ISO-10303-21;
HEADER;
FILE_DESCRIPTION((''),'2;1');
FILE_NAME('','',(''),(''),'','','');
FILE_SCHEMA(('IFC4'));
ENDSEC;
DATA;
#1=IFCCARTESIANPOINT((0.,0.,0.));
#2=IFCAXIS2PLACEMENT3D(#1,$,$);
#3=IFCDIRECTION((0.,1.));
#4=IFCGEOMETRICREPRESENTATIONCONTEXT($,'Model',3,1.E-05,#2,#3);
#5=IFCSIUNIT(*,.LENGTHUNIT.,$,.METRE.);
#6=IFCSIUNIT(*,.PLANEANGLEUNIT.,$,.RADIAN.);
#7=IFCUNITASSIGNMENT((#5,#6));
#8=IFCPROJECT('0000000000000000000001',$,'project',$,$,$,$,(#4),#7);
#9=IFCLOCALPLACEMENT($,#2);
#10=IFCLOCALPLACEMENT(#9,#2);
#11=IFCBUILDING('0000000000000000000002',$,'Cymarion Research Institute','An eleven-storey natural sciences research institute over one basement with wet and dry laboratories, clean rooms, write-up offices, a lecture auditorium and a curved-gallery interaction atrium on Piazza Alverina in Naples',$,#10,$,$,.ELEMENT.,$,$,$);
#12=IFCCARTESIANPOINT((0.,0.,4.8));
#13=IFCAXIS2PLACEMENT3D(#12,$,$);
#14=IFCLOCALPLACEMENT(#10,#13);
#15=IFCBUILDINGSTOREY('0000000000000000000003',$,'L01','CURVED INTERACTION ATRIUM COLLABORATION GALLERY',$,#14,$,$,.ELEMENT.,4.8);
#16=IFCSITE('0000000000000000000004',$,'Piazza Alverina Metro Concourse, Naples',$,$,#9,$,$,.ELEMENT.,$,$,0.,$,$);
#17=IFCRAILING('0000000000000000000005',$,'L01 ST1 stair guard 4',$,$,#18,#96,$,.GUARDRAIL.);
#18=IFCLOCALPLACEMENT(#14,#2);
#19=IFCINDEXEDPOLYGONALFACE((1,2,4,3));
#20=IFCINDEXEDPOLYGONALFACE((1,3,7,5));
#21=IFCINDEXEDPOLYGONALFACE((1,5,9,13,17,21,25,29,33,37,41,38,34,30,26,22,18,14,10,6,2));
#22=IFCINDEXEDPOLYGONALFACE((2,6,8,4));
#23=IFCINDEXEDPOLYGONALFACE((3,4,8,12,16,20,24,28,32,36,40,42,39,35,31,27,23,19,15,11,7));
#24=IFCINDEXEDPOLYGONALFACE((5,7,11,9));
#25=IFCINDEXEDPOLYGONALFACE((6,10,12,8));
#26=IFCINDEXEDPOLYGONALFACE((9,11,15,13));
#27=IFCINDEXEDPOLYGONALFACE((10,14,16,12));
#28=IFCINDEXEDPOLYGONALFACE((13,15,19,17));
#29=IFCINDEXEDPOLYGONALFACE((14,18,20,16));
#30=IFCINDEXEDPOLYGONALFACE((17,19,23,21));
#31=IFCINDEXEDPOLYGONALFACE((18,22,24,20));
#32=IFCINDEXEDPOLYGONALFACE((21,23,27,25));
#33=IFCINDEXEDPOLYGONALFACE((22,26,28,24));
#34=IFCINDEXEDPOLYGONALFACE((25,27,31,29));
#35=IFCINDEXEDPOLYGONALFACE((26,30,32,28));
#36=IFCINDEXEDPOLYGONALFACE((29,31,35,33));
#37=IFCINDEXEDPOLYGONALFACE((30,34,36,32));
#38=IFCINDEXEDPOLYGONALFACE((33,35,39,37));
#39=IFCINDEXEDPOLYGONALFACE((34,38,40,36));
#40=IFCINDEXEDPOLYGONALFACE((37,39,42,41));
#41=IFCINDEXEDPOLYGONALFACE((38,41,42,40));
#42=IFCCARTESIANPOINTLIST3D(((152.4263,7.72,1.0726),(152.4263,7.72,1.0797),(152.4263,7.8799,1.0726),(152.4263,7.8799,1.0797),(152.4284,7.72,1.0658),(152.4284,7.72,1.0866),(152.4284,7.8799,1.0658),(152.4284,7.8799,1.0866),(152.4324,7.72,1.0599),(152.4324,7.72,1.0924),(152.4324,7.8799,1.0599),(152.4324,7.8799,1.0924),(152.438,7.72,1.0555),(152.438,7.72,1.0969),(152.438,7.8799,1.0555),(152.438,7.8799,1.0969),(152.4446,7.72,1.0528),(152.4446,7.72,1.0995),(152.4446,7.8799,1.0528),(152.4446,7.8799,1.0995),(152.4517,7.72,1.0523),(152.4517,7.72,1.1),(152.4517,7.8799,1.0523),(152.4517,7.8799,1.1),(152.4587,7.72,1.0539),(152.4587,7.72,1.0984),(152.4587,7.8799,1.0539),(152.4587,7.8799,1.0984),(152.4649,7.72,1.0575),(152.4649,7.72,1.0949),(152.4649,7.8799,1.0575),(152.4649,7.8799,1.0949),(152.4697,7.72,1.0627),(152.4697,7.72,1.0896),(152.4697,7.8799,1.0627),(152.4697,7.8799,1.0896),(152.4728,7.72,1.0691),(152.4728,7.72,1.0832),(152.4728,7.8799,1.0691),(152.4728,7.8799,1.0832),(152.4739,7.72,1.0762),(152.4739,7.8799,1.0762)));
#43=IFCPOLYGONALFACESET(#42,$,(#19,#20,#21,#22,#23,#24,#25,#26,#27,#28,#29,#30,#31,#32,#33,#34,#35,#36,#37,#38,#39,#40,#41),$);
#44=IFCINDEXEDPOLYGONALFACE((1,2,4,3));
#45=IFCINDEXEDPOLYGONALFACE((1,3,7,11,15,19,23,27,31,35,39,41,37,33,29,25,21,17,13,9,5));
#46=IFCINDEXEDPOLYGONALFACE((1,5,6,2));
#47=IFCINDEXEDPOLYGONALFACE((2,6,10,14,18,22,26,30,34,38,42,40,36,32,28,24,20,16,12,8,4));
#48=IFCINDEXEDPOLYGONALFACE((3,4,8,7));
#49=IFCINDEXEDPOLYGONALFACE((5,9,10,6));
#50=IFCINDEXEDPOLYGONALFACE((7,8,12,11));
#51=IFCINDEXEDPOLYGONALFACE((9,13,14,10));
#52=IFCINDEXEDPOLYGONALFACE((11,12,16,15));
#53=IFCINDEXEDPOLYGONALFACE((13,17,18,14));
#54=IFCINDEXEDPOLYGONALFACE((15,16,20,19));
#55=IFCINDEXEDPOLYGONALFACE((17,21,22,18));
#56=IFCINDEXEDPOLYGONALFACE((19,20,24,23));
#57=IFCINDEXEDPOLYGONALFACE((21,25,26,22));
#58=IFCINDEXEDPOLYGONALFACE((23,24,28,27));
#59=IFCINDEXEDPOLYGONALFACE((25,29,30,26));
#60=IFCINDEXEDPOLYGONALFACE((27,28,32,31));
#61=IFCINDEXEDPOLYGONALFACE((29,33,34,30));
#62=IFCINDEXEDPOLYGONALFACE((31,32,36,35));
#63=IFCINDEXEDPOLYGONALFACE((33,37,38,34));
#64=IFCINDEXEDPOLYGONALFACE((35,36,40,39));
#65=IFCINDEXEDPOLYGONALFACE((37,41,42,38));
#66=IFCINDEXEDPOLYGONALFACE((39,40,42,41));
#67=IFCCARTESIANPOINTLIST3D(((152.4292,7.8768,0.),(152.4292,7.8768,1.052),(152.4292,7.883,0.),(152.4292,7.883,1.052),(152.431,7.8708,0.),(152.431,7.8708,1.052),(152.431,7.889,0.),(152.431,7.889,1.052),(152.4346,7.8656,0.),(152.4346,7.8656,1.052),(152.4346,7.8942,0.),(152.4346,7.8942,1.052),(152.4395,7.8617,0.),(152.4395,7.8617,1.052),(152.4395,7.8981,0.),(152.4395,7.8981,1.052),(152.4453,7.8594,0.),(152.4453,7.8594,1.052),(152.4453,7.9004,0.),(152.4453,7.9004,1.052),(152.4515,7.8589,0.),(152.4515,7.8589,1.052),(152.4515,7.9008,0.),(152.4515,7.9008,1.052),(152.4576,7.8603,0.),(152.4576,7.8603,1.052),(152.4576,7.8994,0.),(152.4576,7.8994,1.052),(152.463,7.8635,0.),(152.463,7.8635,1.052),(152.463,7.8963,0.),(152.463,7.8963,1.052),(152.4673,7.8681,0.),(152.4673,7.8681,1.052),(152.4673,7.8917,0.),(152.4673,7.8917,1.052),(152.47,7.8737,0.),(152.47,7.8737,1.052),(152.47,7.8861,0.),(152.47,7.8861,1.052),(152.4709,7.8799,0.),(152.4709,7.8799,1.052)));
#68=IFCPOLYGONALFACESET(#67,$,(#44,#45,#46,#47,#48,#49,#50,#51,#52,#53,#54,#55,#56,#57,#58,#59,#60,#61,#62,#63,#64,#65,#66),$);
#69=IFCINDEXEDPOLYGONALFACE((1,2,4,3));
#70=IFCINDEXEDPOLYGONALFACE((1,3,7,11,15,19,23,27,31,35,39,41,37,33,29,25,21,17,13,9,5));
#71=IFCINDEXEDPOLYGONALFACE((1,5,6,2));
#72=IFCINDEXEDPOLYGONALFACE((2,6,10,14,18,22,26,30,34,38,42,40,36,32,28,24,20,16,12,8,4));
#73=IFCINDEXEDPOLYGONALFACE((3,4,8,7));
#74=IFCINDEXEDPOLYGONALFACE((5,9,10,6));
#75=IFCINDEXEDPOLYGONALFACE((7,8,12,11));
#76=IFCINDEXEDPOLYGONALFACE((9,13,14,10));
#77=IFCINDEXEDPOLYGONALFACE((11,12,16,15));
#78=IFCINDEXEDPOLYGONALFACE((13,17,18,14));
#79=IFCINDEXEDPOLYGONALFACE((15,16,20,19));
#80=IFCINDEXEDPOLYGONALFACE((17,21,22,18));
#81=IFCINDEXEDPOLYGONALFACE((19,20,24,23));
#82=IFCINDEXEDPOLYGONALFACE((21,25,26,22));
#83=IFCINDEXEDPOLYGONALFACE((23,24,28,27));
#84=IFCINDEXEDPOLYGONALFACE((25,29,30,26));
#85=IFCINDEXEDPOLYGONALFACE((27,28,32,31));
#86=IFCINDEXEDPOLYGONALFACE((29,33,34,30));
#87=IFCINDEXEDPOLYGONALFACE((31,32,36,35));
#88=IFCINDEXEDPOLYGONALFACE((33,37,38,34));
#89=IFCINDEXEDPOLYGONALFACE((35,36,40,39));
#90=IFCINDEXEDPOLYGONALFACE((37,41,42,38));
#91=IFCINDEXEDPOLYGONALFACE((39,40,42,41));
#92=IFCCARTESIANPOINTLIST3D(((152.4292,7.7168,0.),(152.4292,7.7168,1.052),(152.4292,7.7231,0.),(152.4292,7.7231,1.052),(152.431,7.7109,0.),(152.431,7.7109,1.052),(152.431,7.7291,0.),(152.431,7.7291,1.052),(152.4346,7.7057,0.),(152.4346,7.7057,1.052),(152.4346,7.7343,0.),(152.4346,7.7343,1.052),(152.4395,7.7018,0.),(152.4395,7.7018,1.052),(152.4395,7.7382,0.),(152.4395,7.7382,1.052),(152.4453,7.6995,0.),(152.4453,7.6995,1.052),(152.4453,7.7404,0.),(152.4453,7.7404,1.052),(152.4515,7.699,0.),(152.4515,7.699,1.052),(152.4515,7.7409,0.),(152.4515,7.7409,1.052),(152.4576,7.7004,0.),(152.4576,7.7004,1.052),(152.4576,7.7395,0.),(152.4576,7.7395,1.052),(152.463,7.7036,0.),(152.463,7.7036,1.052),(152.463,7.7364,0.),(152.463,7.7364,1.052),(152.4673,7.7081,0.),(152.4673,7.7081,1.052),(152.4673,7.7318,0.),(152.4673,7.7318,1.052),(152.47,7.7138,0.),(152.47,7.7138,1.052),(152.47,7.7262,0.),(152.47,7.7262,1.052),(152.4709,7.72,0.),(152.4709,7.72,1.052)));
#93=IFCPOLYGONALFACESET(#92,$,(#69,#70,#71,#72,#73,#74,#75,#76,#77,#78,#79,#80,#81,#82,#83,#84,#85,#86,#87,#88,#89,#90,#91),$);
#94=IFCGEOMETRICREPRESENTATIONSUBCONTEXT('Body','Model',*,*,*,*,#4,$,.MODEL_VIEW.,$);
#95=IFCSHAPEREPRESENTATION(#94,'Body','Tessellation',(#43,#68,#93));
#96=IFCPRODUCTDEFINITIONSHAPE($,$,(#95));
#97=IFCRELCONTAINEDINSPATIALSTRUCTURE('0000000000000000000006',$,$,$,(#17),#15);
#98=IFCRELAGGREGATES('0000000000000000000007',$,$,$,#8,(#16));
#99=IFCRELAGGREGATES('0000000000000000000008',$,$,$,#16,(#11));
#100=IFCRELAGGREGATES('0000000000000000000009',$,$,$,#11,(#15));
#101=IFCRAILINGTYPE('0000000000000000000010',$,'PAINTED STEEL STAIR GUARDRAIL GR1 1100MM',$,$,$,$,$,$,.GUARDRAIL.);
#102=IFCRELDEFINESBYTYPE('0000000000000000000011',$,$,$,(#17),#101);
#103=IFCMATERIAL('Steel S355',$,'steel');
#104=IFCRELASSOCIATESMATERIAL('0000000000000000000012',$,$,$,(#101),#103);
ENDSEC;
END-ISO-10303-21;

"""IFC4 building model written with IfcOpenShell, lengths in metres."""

from ifc_helpers import new_model, si_unit, direction, frame, origin, origin_2d, place, context, subcontext, project, spatial, circle, extrude, material, type_object, element, save


model = new_model("IFC4")

# Units and contexts
model_context = context("Model", 3, precision=1e-05, world=origin(), true_north=direction((0.0, 1.0)))
body_context = subcontext(model_context, "Body", "Model", "MODEL_VIEW")
ifc_project = project(units=[si_unit("LENGTHUNIT", "METRE"), si_unit("PLANEANGLEUNIT", "RADIAN")], contexts=[model_context])

# Site, building, storey
site_placement = place(None, origin())
site = spatial("IfcSite", under=ifc_project, at=site_placement, Name="Piazza Alverina Metro Concourse, Naples", CompositionType="ELEMENT", RefElevation=0.0)
building_placement = place(site_placement, origin())
building = spatial("IfcBuilding", under=site, at=building_placement, Name="Cymarion Research Institute", Description="An eleven-storey natural sciences research institute over one basement with wet and dry laboratories, clean rooms, write-up offices, a lecture auditorium and a curved-gallery interaction atrium on Piazza Alverina in Naples", CompositionType="ELEMENT")
storey_placement = place(building_placement, frame((0.0, 0.0, 4.8)))
storey = spatial("IfcBuildingStorey", under=building, at=storey_placement, Name="L01", Description="CURVED INTERACTION ATRIUM COLLABORATION GALLERY", CompositionType="ELEMENT", Elevation=4.8)

# Shared definitions
ifc_material_1 = material(Name="Steel S355", Category="steel")

# Railing
railing_type = type_object("IfcRailingType", Name="PAINTED STEEL STAIR GUARDRAIL GR1 1100MM", PredefinedType="GUARDRAIL", material=ifc_material_1)
railing_1_placement = place(storey_placement, frame((152.45, 7.8799, 0.0)))
element("IfcRailing", 1, at=railing_1_placement, inside=storey, type_object=railing_type, Name="L01 ST1 stair guard 4", PredefinedType="GUARDRAIL", context=body_context, shape_type="SweptSolid", body=[
    extrude(circle(Radius=0.0239, at=origin_2d()), frame((0.0, 0.0, 1.0762), z_axis=(0.0, -1.0, 0.0), x_axis=(1.0, 0.0, 0.0)), (0.0, 0.0, 1.0), 0.1599),
    extrude(circle(Radius=0.021, at=origin_2d()), origin(), (0.0, 0.0, 1.0), 1.052),
    extrude(circle(Radius=0.021, at=origin_2d()), frame((0.0, -0.1599, 0.0)), (0.0, 0.0, 1.0), 1.052),
])

save(model, "model.ifc")
